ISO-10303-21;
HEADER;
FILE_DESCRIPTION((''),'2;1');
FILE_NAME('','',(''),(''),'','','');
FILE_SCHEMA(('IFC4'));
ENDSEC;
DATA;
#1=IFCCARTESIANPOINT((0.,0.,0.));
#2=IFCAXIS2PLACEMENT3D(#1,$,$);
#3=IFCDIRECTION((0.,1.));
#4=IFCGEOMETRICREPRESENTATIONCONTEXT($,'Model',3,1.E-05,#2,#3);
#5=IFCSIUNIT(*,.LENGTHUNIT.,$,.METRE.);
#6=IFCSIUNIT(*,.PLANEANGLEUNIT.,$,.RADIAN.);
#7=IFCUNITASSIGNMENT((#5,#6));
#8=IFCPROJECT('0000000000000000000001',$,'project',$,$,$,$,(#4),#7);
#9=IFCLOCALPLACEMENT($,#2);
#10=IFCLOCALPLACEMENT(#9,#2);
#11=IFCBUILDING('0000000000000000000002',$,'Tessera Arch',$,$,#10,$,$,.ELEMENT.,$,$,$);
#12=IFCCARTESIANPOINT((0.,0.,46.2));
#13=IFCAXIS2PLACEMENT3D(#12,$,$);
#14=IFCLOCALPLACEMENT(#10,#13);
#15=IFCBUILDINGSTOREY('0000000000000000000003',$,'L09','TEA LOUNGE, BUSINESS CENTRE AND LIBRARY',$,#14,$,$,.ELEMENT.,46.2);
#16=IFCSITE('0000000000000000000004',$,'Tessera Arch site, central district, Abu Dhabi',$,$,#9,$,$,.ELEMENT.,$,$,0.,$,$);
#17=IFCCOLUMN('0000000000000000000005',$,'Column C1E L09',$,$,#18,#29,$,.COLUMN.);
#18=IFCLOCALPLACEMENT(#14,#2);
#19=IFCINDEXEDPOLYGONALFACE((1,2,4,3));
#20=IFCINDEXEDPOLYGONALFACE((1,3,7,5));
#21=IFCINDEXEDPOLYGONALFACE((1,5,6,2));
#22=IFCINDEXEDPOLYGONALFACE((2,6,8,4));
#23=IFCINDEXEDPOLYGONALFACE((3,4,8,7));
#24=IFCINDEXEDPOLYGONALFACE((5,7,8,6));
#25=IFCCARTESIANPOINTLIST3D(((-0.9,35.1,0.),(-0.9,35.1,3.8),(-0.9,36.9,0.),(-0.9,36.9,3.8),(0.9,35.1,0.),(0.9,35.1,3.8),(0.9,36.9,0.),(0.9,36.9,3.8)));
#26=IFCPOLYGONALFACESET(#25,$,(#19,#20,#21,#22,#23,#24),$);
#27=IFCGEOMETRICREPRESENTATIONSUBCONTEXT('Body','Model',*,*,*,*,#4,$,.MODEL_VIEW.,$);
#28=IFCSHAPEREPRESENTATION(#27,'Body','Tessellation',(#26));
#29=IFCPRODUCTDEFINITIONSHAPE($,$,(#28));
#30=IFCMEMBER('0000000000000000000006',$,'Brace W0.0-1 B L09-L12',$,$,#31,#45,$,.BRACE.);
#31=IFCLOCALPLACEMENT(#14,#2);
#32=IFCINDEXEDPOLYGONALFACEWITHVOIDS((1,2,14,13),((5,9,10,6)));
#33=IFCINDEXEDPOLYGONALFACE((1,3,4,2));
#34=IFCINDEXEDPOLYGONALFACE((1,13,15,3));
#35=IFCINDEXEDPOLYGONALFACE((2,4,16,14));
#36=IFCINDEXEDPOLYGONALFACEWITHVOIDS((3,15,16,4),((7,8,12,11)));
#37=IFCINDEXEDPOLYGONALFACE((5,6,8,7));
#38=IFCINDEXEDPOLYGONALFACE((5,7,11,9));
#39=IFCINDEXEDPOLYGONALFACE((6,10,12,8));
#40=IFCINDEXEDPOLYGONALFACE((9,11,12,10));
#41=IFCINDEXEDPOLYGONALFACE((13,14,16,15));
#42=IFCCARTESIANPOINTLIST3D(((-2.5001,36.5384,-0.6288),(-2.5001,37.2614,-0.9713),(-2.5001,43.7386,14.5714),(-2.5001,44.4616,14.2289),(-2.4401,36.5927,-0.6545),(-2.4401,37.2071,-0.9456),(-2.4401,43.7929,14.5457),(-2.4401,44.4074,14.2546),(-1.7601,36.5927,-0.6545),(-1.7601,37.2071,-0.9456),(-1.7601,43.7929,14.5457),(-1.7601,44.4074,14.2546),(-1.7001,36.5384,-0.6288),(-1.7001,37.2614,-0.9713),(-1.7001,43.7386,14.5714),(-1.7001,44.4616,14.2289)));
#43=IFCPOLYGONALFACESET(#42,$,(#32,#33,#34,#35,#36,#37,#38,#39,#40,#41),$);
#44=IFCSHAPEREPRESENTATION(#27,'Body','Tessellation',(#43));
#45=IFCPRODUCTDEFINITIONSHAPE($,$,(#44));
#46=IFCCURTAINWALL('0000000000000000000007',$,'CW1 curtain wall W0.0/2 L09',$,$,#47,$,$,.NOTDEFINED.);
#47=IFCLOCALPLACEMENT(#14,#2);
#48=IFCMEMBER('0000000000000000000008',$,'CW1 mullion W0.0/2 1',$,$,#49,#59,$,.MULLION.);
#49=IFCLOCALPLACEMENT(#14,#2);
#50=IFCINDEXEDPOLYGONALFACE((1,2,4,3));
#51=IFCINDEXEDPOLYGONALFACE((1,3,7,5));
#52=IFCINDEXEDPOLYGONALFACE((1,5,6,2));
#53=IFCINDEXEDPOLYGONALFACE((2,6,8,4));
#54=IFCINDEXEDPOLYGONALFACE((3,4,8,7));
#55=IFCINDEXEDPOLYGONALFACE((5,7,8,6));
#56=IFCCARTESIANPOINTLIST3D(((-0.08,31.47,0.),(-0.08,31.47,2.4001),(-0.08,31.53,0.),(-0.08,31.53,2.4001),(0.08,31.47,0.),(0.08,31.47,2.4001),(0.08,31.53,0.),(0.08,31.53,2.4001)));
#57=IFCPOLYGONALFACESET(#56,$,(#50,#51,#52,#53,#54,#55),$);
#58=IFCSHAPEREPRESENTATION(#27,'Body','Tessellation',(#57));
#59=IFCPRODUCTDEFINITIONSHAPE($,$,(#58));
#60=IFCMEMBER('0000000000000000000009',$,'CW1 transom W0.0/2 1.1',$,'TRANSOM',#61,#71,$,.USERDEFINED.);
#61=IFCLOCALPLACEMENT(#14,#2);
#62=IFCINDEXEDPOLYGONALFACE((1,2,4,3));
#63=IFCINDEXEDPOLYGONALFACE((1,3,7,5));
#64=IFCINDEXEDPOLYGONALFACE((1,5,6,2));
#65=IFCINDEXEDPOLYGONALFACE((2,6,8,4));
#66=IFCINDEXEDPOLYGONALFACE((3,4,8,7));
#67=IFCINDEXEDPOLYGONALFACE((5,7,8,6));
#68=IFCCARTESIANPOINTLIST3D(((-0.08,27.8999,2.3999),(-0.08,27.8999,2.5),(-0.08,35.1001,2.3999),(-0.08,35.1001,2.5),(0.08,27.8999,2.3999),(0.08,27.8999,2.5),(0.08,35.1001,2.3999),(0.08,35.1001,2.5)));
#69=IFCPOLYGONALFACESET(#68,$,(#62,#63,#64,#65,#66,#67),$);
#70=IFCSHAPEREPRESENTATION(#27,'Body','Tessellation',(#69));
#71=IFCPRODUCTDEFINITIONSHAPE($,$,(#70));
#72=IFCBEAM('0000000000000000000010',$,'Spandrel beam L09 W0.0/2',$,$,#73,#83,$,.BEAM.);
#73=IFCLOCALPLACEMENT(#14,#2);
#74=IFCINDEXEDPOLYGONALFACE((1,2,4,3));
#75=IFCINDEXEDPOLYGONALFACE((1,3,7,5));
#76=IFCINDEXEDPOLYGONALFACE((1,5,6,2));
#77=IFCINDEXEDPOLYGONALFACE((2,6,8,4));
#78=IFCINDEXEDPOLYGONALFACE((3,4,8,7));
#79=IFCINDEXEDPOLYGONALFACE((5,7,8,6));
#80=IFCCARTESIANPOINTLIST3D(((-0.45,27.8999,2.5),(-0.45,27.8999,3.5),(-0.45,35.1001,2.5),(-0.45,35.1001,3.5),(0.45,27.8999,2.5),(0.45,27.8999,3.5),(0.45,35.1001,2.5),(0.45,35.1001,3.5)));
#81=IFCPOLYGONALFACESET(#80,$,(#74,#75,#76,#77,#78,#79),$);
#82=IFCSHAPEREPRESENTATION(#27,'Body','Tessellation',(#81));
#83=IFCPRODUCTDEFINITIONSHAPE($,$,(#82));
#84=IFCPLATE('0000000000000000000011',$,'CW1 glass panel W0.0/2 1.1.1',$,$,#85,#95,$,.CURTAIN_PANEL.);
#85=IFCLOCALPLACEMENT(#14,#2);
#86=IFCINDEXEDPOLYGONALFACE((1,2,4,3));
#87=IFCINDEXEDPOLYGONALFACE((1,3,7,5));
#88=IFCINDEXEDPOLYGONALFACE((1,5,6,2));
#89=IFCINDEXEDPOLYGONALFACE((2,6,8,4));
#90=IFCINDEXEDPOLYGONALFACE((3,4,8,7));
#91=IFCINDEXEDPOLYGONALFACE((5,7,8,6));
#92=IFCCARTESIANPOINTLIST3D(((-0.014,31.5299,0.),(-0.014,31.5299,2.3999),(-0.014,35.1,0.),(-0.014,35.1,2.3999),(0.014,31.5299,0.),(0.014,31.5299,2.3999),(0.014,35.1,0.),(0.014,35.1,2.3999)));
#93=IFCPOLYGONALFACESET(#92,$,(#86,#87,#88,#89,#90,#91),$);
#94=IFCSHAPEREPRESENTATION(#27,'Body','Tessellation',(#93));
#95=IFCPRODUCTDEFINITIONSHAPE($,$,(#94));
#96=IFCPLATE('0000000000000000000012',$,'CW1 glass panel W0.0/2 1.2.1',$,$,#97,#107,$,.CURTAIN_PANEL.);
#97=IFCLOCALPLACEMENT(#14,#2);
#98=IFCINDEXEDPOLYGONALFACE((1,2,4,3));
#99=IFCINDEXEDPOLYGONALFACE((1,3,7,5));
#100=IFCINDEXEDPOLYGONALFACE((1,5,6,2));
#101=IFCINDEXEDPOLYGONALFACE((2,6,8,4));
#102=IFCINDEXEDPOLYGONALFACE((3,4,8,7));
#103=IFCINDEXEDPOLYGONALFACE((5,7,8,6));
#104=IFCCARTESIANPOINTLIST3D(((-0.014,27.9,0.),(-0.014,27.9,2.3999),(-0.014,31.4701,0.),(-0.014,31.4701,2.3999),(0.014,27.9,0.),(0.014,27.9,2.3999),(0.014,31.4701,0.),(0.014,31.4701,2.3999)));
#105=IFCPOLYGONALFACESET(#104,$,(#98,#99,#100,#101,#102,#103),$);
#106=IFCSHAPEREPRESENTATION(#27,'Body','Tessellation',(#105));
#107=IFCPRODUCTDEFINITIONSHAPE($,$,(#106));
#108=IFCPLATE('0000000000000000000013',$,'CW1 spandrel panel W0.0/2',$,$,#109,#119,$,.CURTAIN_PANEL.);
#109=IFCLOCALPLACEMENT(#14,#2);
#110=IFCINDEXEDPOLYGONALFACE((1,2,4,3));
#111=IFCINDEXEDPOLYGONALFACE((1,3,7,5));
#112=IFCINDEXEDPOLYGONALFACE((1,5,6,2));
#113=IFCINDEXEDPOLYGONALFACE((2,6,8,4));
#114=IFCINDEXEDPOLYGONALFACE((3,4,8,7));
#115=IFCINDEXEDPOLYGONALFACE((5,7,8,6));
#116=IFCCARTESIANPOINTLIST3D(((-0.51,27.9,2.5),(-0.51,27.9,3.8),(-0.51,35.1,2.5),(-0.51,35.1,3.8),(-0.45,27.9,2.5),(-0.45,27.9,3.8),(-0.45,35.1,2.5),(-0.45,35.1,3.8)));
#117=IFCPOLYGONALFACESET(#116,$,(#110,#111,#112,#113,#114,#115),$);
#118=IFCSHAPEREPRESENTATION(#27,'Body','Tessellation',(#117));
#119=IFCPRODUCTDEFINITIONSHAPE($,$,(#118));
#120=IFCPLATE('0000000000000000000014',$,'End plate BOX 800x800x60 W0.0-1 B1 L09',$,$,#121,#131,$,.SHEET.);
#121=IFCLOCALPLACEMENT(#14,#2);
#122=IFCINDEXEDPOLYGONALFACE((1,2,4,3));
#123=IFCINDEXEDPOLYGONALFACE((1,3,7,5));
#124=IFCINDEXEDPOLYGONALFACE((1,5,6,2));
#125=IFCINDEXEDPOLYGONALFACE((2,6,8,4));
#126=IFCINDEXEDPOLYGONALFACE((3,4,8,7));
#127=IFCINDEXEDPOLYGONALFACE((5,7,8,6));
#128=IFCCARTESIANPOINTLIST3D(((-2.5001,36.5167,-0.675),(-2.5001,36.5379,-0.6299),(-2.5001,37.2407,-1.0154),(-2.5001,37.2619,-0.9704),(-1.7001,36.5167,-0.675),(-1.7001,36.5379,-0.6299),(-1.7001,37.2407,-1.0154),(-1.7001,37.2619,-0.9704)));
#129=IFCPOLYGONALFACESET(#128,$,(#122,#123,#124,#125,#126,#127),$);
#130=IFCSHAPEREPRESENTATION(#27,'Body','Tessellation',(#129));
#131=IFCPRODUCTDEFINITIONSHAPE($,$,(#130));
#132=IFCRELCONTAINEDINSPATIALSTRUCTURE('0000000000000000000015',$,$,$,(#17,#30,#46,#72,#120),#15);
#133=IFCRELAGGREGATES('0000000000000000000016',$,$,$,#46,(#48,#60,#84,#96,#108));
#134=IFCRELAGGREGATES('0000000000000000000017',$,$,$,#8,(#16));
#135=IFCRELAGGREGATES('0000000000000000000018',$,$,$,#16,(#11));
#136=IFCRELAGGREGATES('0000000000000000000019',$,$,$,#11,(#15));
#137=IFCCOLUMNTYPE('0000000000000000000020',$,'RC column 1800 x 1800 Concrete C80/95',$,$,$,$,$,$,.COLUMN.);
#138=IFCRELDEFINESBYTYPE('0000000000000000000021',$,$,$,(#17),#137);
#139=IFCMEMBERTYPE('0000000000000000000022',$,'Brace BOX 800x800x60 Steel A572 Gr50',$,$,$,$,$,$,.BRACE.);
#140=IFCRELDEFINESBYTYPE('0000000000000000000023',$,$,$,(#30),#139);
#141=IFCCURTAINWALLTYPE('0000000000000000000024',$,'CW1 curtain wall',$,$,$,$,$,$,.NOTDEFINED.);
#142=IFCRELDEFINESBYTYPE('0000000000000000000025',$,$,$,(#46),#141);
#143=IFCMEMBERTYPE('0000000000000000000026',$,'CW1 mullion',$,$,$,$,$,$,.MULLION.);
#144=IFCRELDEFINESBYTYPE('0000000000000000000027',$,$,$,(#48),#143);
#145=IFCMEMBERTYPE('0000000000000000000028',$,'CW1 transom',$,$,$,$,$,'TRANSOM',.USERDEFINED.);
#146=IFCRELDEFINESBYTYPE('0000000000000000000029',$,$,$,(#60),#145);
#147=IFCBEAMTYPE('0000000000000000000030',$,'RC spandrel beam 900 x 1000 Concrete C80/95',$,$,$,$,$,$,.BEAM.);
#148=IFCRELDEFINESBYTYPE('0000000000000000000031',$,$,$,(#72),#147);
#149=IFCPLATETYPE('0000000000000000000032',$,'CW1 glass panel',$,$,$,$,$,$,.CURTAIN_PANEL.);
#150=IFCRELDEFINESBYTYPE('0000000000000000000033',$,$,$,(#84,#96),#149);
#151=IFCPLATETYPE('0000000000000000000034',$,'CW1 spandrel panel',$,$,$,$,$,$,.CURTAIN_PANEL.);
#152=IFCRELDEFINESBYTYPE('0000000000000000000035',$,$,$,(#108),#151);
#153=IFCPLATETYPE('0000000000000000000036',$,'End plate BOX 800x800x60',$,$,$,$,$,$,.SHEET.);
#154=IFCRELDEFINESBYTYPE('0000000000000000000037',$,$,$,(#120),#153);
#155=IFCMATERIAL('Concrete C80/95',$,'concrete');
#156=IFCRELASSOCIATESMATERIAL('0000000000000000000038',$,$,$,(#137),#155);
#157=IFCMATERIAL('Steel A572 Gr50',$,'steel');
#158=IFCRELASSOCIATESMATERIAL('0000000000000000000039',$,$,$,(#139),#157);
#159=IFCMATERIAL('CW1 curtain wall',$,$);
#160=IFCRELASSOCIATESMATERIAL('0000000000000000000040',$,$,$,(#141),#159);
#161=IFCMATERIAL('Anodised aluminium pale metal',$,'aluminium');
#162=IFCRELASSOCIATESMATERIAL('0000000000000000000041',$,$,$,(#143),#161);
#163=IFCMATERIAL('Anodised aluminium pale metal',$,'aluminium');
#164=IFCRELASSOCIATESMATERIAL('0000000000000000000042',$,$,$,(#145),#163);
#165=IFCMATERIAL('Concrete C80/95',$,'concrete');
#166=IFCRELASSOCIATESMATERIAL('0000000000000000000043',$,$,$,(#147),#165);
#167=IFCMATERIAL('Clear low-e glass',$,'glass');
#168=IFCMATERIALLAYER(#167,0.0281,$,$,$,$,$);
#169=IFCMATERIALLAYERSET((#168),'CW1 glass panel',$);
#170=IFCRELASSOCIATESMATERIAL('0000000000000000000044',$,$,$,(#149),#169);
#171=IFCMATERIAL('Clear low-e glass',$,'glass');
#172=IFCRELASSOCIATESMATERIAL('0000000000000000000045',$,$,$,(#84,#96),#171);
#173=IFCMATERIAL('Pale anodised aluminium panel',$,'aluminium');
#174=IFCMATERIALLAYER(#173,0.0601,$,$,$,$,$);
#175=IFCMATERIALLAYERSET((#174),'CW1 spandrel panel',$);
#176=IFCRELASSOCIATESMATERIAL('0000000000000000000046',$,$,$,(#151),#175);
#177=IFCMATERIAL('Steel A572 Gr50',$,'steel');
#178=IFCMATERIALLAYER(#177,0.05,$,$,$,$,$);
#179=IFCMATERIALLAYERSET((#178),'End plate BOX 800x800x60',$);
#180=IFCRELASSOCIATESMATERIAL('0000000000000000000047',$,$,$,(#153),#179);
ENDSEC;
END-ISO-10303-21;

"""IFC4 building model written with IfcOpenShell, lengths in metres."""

from ifc_helpers import new_model, si_unit, direction, frame, origin, origin_2d, place, context, subcontext, project, spatial, rectangle, hollow_rectangle, extrude, material, layer, layer_set, material_profile, profile_set, type_object, element, aggregate, save


model = new_model("IFC4")

# Units and contexts
model_context = context("Model", 3, precision=1e-05, world=origin(), true_north=direction((0.0, 1.0)))
body_context = subcontext(model_context, "Body", "Model", "MODEL_VIEW")
ifc_project = project(units=[si_unit("LENGTHUNIT", "METRE"), si_unit("PLANEANGLEUNIT", "RADIAN")], contexts=[model_context])

# Site, building, storey
site_placement = place(None, origin())
site = spatial("IfcSite", under=ifc_project, at=site_placement, Name="Tessera Arch site, central district, Abu Dhabi", CompositionType="ELEMENT", RefElevation=0.0)
building_placement = place(site_placement, origin())
building = spatial("IfcBuilding", under=site, at=building_placement, Name="Tessera Arch", CompositionType="ELEMENT")
storey_placement = place(building_placement, frame((0.0, 0.0, 46.2)))
storey = spatial("IfcBuildingStorey", under=building, at=storey_placement, Name="L09", Description="TEA LOUNGE, BUSINESS CENTRE AND LIBRARY", CompositionType="ELEMENT", Elevation=46.2)

# Column
ifc_material_1 = material(Name="Concrete C80/95", Category="concrete")
ifc_material_profile_1 = material_profile(ifc_material_1, rectangle(XDim=1.8, YDim=1.8, at=origin_2d()), Name="RC column 1800 x 1800 Concrete C80/95")
ifc_profile_set_1 = profile_set([ifc_material_profile_1], Name="Concrete C80/95")
column_type = type_object("IfcColumnType", Name="RC column 1800 x 1800 Concrete C80/95", PredefinedType="COLUMN", material=ifc_profile_set_1)
column_placement = place(storey_placement, frame((0.0, 36.0, 0.0), z_axis=(0.0, 0.0, 1.0), x_axis=(1.0, 0.0, 0.0)))
element("IfcColumn", 1, at=column_placement, inside=storey, type_object=column_type, Name="Column C1E L09", PredefinedType="COLUMN", context=body_context, shape_type="SweptSolid", body=[
    extrude(rectangle(XDim=1.8, YDim=1.8, at=origin_2d()), origin(), (0.0, 0.0, 1.0), 3.8),
])

# Member
ifc_material_2 = material(Name="Steel A572 Gr50", Category="steel")
ifc_material_profile_2 = material_profile(ifc_material_2, hollow_rectangle(XDim=0.8, YDim=0.8, WallThickness=0.0601, at=origin_2d()), Name="BOX 800x800x60")
ifc_profile_set_2 = profile_set([ifc_material_profile_2], Name="Steel A572 Gr50")
member_type_1 = type_object("IfcMemberType", Name="Brace BOX 800x800x60 Steel A572 Gr50", PredefinedType="BRACE", material=ifc_profile_set_2)
member_1_placement = place(storey_placement, frame((-2.1001, 36.8999, -0.8), z_axis=(0.0, 0.428091, 0.903735), x_axis=(-1.0, 0.0, 0.0)))
element("IfcMember", 2, at=member_1_placement, inside=storey, type_object=member_type_1, Name="Brace W0.0-1 B L09-L12", PredefinedType="BRACE", context=body_context, shape_type="SweptSolid", body=[
    extrude(hollow_rectangle(XDim=0.8, YDim=0.8, WallThickness=0.0601, at=origin_2d()), origin(), (0.0, 0.0, 1.0), 16.8193),
])

# Curtain wall, members
ifc_material_3 = material(Name="CW1 curtain wall")
curtain_wall_type = type_object("IfcCurtainWallType", Name="CW1 curtain wall", PredefinedType="NOTDEFINED", material=ifc_material_3)
curtain_wall_placement = place(storey_placement, origin())
curtain_wall = element("IfcCurtainWall", 3, at=curtain_wall_placement, inside=storey, type_object=curtain_wall_type, Name="CW1 curtain wall W0.0/2 L09", PredefinedType="NOTDEFINED")
ifc_material_4 = material(Name="Anodised aluminium pale metal", Category="aluminium")
ifc_material_profile_3 = material_profile(ifc_material_4, rectangle(XDim=0.1599, YDim=0.0601, at=origin_2d()), Name="AL 60x160")
ifc_profile_set_3 = profile_set([ifc_material_profile_3], Name="Anodised aluminium pale metal")
member_type_2 = type_object("IfcMemberType", Name="CW1 mullion", PredefinedType="MULLION", material=ifc_profile_set_3)
member_2_placement = place(storey_placement, frame((0.0, 31.5, 0.0), z_axis=(0.0, 0.0, 1.0), x_axis=(1.0, 0.0, 0.0)))
member_2 = element("IfcMember", 4, at=member_2_placement, type_object=member_type_2, Name="CW1 mullion W0.0/2 1", PredefinedType="MULLION", context=body_context, shape_type="SweptSolid", body=[
    extrude(rectangle(XDim=0.1599, YDim=0.0601, at=origin_2d()), origin(), (0.0, 0.0, 1.0), 2.4001),
])
ifc_material_5 = material(Name="Anodised aluminium pale metal", Category="aluminium")
ifc_material_profile_4 = material_profile(ifc_material_5, rectangle(XDim=0.1599, YDim=0.1001, at=origin_2d()), Name="AL 160x100")
ifc_profile_set_4 = profile_set([ifc_material_profile_4], Name="Anodised aluminium pale metal")
member_type_3 = type_object("IfcMemberType", Name="CW1 transom", ElementType="TRANSOM", PredefinedType="USERDEFINED", material=ifc_profile_set_4)
member_3_placement = place(storey_placement, frame((0.0, 35.1001, 2.45), z_axis=(0.0, -1.0, 0.0), x_axis=(1.0, 0.0, 0.0)))
member_3 = element("IfcMember", 5, at=member_3_placement, type_object=member_type_3, Name="CW1 transom W0.0/2 1.1", ObjectType="TRANSOM", PredefinedType="USERDEFINED", context=body_context, shape_type="SweptSolid", body=[
    extrude(rectangle(XDim=0.1599, YDim=0.1001, at=origin_2d()), origin(), (0.0, 0.0, 1.0), 7.2002),
])

# Beam
ifc_material_6 = material(Name="Concrete C80/95", Category="concrete")
ifc_material_profile_5 = material_profile(ifc_material_6, rectangle(XDim=0.8999, YDim=1.0, at=origin_2d()), Name="RC spandrel beam 900 x 1000 Concrete C80/95")
ifc_profile_set_5 = profile_set([ifc_material_profile_5], Name="Concrete C80/95")
beam_type = type_object("IfcBeamType", Name="RC spandrel beam 900 x 1000 Concrete C80/95", PredefinedType="BEAM", material=ifc_profile_set_5)
beam_placement = place(storey_placement, frame((0.0, 35.1001, 3.0), z_axis=(0.0, -1.0, 0.0), x_axis=(1.0, 0.0, 0.0)))
element("IfcBeam", 6, at=beam_placement, inside=storey, type_object=beam_type, Name="Spandrel beam L09 W0.0/2", PredefinedType="BEAM", context=body_context, shape_type="SweptSolid", body=[
    extrude(rectangle(XDim=0.8999, YDim=1.0, at=origin_2d()), origin(), (0.0, 0.0, 1.0), 7.2002),
])

# Plates
ifc_material_7 = material(Name="Clear low-e glass", Category="glass")
ifc_material_8 = material(Name="Clear low-e glass", Category="glass")
ifc_layer_1 = layer(ifc_material_8, 0.0281)
ifc_layer_set_1 = layer_set([ifc_layer_1], Name="CW1 glass panel")
plate_type_1 = type_object("IfcPlateType", Name="CW1 glass panel", PredefinedType="CURTAIN_PANEL", material=ifc_layer_set_1)
plate_1_placement = place(storey_placement, frame((0.0, 33.3149, 0.0), z_axis=(0.0, 0.0, 1.0), x_axis=(0.0, -1.0, 0.0)))
plate_1 = element("IfcPlate", 7, at=plate_1_placement, type_object=plate_type_1, material=ifc_material_7, Name="CW1 glass panel W0.0/2 1.1.1", PredefinedType="CURTAIN_PANEL", context=body_context, shape_type="SweptSolid", body=[
    extrude(rectangle(XDim=3.5701, YDim=0.0281, at=origin_2d()), origin(), (0.0, 0.0, 1.0), 2.3999),
])
plate_2_placement = place(storey_placement, frame((0.0, 29.6851, 0.0), z_axis=(0.0, 0.0, 1.0), x_axis=(0.0, -1.0, 0.0)))
plate_2 = element("IfcPlate", 8, at=plate_2_placement, type_object=plate_type_1, material=ifc_material_7, Name="CW1 glass panel W0.0/2 1.2.1", PredefinedType="CURTAIN_PANEL", context=body_context, shape_type="SweptSolid", body=[
    extrude(rectangle(XDim=3.5701, YDim=0.0281, at=origin_2d()), origin(), (0.0, 0.0, 1.0), 2.3999),
])
ifc_material_9 = material(Name="Pale anodised aluminium panel", Category="aluminium")
ifc_layer_2 = layer(ifc_material_9, 0.0601)
ifc_layer_set_2 = layer_set([ifc_layer_2], Name="CW1 spandrel panel")
plate_type_2 = type_object("IfcPlateType", Name="CW1 spandrel panel", PredefinedType="CURTAIN_PANEL", material=ifc_layer_set_2)
plate_3_placement = place(storey_placement, frame((-0.48, 31.5, 2.5), z_axis=(0.0, 0.0, 1.0), x_axis=(0.0, -1.0, 0.0)))
plate_3 = element("IfcPlate", 9, at=plate_3_placement, type_object=plate_type_2, Name="CW1 spandrel panel W0.0/2", PredefinedType="CURTAIN_PANEL", context=body_context, shape_type="SweptSolid", body=[
    extrude(rectangle(XDim=7.2, YDim=0.0601, at=origin_2d()), origin(), (0.0, 0.0, 1.0), 1.3),
])
aggregate(curtain_wall, [member_2, member_3, plate_1, plate_2, plate_3])
ifc_material_10 = material(Name="Steel A572 Gr50", Category="steel")
ifc_layer_3 = layer(ifc_material_10, 0.05)
ifc_layer_set_3 = layer_set([ifc_layer_3], Name="End plate BOX 800x800x60")
plate_type_3 = type_object("IfcPlateType", Name="End plate BOX 800x800x60", PredefinedType="SHEET", material=ifc_layer_set_3)
plate_4_placement = place(storey_placement, frame((-2.1001, 36.8787, -0.8452), z_axis=(0.0, 0.425561, 0.90493), x_axis=(-1.0, 0.0, 0.0)))
element("IfcPlate", 10, at=plate_4_placement, inside=storey, type_object=plate_type_3, Name="End plate BOX 800x800x60 W0.0-1 B1 L09", PredefinedType="SHEET", context=body_context, shape_type="SweptSolid", body=[
    extrude(rectangle(XDim=0.8, YDim=0.8, at=origin_2d()), origin(), (0.0, 0.0, 1.0), 0.0498),
])

save(model, "model.ifc")
